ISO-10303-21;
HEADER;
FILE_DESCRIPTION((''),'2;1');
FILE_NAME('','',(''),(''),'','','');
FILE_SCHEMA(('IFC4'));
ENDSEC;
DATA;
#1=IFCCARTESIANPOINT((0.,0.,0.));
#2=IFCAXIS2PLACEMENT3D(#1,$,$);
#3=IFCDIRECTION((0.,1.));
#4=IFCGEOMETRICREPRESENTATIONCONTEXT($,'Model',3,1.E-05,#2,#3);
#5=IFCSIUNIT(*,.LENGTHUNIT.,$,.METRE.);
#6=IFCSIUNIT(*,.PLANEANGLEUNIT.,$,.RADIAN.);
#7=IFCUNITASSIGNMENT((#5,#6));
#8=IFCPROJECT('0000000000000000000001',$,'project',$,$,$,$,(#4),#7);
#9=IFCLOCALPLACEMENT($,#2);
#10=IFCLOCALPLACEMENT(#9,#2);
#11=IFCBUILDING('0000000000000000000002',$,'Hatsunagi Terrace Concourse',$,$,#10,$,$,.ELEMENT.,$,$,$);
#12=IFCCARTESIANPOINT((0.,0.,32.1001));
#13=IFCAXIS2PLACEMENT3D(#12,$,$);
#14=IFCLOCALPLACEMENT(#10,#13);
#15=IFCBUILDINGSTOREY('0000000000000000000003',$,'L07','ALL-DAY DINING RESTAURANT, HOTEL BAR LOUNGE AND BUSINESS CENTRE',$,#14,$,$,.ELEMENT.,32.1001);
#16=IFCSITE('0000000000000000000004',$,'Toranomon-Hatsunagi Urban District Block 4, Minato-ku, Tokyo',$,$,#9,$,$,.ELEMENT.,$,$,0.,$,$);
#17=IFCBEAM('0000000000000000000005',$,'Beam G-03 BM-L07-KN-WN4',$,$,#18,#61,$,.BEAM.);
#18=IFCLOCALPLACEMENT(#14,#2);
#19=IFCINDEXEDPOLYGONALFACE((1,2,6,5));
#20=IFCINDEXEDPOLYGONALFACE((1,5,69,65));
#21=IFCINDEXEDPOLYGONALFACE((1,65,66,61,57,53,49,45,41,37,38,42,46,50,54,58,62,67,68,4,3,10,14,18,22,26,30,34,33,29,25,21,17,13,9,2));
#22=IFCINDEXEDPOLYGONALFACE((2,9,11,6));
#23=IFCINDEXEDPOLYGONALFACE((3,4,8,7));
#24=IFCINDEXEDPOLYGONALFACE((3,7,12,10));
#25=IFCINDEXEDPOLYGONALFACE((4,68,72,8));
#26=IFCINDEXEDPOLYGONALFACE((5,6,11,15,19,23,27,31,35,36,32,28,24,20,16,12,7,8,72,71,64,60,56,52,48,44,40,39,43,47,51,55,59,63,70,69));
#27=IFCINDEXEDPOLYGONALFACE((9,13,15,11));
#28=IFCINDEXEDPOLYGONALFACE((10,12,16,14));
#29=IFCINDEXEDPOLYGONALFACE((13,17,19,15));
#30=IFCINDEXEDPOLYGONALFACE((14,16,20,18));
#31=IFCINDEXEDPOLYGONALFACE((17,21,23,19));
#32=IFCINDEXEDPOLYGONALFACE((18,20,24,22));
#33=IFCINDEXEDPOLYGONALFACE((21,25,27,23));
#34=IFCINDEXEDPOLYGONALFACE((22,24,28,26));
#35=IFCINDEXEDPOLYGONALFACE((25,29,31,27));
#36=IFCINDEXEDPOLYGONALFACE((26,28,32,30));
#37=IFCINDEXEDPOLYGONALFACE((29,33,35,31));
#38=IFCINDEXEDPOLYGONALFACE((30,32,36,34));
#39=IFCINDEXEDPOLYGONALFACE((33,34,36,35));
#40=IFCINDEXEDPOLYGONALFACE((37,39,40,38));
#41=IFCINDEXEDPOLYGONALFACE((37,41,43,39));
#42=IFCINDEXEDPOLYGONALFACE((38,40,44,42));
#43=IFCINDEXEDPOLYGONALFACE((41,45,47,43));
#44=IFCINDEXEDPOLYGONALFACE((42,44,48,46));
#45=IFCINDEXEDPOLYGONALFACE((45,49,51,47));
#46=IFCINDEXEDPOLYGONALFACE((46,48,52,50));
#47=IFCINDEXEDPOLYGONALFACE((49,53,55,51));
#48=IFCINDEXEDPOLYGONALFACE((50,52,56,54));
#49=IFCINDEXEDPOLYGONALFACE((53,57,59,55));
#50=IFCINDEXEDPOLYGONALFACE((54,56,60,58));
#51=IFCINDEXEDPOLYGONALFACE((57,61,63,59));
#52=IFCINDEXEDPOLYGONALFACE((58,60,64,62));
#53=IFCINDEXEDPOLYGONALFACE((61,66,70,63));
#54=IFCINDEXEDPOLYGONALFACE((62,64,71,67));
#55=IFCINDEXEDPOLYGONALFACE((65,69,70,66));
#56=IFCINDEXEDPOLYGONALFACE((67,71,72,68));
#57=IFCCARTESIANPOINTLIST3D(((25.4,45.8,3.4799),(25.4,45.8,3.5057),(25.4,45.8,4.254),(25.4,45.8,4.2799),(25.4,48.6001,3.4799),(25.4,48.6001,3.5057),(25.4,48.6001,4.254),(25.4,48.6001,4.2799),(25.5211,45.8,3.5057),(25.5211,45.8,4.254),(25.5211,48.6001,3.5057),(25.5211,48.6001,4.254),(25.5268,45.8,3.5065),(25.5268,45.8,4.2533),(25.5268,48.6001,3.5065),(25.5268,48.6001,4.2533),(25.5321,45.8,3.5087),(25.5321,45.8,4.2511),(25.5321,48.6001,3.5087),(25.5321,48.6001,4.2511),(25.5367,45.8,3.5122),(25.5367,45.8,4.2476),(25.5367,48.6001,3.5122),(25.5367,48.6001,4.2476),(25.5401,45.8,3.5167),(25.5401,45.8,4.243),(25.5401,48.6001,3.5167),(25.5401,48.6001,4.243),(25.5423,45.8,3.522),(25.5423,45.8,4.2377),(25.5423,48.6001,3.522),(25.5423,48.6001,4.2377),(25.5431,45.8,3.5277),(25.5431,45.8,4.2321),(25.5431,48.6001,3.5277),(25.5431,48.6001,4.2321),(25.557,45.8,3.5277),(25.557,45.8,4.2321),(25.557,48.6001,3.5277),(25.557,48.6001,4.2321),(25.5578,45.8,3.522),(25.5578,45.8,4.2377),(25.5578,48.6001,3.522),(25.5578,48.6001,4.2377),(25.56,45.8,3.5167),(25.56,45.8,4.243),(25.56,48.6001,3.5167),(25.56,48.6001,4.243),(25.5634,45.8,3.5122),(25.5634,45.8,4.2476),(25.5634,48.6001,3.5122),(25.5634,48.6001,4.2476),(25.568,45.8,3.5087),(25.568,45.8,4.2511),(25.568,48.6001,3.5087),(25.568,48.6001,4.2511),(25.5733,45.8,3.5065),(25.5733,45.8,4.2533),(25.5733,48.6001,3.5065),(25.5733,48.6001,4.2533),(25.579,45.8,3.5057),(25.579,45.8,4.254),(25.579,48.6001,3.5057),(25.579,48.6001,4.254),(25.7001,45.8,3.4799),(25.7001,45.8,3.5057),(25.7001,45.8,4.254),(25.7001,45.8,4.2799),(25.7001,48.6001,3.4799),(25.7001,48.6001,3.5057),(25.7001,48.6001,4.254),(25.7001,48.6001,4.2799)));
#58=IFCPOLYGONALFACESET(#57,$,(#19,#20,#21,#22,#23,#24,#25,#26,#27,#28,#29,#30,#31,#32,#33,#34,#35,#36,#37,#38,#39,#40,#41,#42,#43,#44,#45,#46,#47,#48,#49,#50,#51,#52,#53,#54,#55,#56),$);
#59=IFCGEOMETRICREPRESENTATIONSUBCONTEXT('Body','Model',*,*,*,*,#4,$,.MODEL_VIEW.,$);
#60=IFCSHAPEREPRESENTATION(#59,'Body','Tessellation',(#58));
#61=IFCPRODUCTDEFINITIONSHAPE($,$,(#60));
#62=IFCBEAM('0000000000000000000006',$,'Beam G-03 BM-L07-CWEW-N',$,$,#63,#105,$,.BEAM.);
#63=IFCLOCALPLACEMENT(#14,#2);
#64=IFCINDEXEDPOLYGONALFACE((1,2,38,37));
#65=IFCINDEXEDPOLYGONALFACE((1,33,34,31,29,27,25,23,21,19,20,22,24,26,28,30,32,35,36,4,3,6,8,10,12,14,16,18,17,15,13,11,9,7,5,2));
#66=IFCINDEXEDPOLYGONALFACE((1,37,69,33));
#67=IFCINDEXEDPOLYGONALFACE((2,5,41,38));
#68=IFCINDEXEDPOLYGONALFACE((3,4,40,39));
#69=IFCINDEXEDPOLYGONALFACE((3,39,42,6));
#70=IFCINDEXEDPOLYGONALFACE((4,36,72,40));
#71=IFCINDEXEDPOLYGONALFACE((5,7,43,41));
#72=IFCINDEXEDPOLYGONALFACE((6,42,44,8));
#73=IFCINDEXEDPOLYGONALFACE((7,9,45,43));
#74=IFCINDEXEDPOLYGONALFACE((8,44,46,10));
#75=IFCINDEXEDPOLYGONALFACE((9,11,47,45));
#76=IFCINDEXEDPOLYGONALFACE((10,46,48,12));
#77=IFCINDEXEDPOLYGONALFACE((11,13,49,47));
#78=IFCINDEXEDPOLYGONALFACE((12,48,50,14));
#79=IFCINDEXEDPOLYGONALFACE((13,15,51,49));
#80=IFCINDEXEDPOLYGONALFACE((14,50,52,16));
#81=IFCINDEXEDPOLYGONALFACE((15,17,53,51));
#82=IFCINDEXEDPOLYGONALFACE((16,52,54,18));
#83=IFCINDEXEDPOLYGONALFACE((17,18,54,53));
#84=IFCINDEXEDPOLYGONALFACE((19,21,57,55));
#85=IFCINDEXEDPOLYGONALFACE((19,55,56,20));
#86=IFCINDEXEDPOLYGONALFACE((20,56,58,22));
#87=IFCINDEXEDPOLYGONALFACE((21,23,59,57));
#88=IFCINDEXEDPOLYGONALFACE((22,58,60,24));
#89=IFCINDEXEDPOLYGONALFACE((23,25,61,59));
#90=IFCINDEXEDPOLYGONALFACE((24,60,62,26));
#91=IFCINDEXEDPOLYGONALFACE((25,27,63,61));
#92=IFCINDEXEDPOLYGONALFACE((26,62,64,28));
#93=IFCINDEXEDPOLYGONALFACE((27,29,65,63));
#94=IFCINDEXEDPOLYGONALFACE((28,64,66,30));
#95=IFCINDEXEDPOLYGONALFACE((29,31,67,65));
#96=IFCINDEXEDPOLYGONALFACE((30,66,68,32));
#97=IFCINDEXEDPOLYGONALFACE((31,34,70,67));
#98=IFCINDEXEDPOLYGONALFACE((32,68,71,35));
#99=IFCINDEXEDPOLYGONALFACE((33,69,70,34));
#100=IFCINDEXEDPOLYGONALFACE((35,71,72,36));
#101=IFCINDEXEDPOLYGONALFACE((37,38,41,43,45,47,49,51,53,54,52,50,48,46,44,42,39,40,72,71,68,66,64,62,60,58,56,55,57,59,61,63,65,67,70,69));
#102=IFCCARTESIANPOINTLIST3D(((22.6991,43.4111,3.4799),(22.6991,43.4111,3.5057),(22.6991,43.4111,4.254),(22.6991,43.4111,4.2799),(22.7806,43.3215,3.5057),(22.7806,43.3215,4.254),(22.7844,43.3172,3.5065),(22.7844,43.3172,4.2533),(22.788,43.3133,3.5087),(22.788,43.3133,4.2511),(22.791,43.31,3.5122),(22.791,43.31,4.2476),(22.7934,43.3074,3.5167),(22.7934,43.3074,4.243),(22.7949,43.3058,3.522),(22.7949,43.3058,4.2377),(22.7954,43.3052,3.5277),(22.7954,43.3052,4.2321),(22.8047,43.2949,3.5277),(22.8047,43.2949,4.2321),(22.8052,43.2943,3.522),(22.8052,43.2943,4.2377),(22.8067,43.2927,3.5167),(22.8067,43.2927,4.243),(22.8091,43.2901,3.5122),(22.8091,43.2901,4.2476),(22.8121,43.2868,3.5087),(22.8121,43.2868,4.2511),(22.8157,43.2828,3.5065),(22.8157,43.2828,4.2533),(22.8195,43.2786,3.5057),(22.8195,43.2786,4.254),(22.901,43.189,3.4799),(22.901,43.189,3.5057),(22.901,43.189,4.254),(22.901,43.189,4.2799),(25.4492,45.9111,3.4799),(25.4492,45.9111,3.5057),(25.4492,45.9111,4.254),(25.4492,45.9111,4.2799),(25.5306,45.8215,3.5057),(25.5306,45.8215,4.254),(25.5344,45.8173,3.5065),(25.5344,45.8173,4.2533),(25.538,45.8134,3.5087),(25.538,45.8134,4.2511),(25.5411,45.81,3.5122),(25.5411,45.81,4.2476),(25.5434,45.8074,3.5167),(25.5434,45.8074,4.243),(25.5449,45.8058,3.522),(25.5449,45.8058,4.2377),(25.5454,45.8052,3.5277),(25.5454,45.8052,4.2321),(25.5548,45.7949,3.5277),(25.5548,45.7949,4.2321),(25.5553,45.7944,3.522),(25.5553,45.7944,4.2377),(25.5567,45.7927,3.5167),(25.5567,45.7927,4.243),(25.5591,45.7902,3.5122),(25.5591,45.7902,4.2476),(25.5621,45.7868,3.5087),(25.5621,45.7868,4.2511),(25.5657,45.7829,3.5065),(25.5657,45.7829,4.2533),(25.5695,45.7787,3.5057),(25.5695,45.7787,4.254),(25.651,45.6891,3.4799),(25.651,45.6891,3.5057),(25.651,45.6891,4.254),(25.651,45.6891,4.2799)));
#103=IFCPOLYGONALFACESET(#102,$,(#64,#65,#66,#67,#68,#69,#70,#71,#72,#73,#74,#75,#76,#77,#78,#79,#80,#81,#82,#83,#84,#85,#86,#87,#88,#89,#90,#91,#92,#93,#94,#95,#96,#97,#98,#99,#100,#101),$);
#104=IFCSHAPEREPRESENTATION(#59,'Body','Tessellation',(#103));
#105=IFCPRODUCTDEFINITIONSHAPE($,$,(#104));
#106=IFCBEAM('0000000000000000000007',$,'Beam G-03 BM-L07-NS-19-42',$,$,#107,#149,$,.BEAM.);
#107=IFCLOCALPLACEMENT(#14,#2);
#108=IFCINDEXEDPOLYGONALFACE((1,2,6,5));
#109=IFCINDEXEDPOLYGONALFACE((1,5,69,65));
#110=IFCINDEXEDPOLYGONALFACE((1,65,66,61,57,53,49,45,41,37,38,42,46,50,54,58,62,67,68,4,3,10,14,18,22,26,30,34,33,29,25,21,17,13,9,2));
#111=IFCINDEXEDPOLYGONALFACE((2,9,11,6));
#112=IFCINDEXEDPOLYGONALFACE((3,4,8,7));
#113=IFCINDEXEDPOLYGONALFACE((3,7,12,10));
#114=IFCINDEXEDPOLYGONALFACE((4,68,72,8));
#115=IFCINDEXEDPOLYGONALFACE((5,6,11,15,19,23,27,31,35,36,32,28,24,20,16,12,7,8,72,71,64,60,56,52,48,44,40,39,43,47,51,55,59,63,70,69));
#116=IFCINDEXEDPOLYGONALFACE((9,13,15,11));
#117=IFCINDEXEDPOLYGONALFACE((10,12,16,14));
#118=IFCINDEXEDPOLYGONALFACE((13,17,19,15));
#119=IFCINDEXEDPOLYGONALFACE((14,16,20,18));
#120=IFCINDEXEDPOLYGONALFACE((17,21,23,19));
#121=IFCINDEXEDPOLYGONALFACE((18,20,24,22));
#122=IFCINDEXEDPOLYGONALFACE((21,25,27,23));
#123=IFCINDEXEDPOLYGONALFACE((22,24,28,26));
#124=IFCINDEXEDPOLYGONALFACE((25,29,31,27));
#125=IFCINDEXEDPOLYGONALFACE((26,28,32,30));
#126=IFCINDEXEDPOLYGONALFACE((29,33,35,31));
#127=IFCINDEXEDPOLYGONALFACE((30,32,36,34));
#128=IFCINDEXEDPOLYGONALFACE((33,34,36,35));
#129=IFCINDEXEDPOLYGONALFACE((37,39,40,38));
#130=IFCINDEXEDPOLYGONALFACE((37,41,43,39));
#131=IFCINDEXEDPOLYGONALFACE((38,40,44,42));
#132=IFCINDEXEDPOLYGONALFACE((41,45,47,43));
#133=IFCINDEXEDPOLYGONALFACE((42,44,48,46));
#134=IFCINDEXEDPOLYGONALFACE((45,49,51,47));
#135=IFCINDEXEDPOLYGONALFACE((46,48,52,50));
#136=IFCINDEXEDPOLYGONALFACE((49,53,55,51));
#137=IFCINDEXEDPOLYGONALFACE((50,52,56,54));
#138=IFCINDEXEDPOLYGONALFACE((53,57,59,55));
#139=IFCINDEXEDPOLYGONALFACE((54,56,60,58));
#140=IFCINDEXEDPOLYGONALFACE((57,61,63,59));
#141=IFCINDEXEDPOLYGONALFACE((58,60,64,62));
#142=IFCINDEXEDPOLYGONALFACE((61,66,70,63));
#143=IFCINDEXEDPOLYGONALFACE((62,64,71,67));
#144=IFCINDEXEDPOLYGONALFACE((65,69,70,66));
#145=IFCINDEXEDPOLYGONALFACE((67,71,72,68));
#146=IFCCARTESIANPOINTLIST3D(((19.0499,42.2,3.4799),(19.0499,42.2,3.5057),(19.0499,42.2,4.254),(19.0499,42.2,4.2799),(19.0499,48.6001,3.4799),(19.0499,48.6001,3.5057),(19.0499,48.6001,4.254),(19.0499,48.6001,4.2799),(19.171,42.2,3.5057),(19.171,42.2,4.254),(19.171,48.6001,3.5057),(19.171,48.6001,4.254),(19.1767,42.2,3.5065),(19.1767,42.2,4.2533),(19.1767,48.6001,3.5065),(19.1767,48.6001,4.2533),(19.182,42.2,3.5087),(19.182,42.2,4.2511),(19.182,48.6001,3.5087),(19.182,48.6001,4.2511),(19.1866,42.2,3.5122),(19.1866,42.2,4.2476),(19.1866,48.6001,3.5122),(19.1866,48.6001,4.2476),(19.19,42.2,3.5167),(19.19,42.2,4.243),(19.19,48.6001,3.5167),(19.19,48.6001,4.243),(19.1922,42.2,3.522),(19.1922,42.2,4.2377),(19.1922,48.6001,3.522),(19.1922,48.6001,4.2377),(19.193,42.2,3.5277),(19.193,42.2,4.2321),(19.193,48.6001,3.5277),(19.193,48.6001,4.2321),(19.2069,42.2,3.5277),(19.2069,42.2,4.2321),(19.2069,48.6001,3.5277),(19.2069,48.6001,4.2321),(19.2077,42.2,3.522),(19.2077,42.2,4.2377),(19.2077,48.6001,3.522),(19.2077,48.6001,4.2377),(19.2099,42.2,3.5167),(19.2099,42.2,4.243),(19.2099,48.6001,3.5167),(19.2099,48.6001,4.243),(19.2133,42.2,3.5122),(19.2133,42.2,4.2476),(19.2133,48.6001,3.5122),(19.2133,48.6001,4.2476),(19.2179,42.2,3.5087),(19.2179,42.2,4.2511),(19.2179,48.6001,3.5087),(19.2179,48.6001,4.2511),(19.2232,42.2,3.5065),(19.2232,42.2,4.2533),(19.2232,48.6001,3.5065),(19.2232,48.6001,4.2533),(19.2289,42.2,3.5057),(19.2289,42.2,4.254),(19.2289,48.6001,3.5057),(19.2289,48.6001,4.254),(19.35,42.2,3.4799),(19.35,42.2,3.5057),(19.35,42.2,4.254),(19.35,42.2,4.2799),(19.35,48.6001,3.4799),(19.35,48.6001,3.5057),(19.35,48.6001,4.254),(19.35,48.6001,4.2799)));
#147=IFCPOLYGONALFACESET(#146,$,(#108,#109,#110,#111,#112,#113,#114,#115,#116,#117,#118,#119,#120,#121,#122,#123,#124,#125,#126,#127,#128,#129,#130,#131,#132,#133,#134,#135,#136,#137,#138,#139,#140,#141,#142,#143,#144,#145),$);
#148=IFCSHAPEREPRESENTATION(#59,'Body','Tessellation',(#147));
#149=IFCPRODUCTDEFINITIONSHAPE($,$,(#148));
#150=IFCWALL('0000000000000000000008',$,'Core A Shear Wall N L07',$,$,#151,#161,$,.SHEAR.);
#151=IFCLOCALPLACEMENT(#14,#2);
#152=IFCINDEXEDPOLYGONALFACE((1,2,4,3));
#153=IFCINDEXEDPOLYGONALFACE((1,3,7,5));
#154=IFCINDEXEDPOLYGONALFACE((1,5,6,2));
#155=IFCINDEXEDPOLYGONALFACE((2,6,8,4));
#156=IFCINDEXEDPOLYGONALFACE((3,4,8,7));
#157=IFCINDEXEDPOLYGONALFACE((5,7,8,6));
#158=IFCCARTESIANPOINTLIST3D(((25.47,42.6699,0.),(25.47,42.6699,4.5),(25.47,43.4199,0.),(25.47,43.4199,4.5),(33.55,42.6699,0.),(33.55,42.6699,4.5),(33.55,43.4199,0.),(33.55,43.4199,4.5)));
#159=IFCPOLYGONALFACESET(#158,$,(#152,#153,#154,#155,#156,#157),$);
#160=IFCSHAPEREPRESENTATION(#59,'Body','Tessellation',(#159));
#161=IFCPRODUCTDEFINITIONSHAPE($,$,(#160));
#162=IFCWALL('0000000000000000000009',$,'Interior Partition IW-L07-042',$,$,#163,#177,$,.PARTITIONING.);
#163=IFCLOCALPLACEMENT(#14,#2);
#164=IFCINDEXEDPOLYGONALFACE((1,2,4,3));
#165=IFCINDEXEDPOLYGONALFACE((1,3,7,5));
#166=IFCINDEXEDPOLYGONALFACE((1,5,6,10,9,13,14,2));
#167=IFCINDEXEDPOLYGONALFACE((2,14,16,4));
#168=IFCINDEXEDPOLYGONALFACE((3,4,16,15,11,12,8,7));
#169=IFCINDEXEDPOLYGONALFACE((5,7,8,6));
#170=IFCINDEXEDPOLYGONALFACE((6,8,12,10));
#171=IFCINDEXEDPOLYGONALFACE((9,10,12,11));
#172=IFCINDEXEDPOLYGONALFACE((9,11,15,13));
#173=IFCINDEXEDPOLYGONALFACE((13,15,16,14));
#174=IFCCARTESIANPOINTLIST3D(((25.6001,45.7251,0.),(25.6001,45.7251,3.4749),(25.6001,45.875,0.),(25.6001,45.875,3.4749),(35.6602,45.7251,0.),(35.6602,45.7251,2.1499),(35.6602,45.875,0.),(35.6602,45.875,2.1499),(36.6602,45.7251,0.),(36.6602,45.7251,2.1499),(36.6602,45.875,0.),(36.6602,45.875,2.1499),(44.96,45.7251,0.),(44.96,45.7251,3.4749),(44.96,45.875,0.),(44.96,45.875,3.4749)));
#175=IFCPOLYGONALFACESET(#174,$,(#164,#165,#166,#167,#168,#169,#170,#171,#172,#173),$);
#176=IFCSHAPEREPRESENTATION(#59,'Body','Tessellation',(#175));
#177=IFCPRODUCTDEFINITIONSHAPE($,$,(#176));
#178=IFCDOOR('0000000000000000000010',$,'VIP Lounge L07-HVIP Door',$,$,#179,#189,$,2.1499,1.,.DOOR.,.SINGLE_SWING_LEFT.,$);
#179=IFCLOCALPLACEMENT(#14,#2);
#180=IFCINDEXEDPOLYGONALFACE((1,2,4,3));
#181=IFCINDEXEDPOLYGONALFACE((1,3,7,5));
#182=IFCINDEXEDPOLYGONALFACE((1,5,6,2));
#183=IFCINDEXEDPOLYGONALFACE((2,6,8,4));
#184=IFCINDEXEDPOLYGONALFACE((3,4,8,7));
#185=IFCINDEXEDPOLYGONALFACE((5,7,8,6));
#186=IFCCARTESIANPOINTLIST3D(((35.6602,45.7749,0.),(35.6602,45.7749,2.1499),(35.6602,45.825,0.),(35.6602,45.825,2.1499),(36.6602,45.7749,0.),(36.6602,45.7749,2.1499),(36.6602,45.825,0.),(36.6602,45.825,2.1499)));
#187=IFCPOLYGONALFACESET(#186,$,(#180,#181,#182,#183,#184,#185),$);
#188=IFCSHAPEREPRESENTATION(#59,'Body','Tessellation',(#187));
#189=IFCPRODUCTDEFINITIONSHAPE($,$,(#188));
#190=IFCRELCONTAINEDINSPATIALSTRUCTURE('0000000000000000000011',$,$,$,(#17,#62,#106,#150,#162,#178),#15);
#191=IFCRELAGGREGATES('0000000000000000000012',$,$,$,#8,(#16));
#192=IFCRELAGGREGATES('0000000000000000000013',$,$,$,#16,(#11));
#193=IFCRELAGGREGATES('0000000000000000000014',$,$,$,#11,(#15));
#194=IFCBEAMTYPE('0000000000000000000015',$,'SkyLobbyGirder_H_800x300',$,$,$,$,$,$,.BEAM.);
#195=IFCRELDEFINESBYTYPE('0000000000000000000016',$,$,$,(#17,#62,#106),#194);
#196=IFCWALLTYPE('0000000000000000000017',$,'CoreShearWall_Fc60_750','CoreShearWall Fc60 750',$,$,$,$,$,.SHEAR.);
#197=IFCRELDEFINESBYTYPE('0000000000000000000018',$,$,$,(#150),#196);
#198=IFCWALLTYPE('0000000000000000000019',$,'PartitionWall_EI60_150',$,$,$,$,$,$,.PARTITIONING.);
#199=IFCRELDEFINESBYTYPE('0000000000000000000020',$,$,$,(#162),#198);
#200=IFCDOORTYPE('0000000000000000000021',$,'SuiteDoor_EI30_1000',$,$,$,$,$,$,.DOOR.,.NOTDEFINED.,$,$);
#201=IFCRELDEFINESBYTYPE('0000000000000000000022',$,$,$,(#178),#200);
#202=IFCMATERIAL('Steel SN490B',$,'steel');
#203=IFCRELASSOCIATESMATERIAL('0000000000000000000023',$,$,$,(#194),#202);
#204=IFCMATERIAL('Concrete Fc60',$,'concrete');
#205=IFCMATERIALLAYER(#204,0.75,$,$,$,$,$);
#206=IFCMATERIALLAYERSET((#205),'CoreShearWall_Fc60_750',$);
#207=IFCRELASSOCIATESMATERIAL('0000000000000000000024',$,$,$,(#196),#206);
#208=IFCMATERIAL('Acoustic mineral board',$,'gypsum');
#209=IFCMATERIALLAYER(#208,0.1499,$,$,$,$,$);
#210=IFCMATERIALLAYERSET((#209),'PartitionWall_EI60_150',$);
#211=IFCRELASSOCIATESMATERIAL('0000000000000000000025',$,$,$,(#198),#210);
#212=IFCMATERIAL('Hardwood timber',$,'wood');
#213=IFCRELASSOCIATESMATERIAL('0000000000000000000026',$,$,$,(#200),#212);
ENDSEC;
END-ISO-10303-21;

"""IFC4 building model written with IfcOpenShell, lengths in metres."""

from ifc_helpers import new_model, si_unit, direction, frame, frame_2d, origin, origin_2d, place, context, subcontext, project, spatial, rectangle, i_section, extrude, material, layer, layer_set, material_profile, profile_set, type_object, element, fill, save


model = new_model("IFC4")

# Units and contexts
model_context = context("Model", 3, precision=1e-05, world=origin(), true_north=direction((0.0, 1.0)))
body_context = subcontext(model_context, "Body", "Model", "MODEL_VIEW")
ifc_project = project(units=[si_unit("LENGTHUNIT", "METRE"), si_unit("PLANEANGLEUNIT", "RADIAN")], contexts=[model_context])

# Site, building, storey
site_placement = place(None, origin())
site = spatial("IfcSite", under=ifc_project, at=site_placement, Name="Toranomon-Hatsunagi Urban District Block 4, Minato-ku, Tokyo", CompositionType="ELEMENT", RefElevation=0.0)
building_placement = place(site_placement, origin())
building = spatial("IfcBuilding", under=site, at=building_placement, Name="Hatsunagi Terrace Concourse", CompositionType="ELEMENT")
storey_placement = place(building_placement, frame((0.0, 0.0, 32.1001)))
storey = spatial("IfcBuildingStorey", under=building, at=storey_placement, Name="L07", Description="ALL-DAY DINING RESTAURANT, HOTEL BAR LOUNGE AND BUSINESS CENTRE", CompositionType="ELEMENT", Elevation=32.1001)

# Beams
ifc_material_1 = material(Name="Steel SN490B", Category="steel")
ifc_material_profile_1 = material_profile(ifc_material_1, i_section(OverallWidth=0.3, OverallDepth=0.8, WebThickness=0.0139, FlangeThickness=0.0259, FilletRadius=0.022, at=origin_2d()), Name="H-800x300x14x26")
ifc_profile_set_1 = profile_set([ifc_material_profile_1], Name="Steel SN490B")
beam_type_1 = type_object("IfcBeamType", Name="SkyLobbyGirder_H_800x300", PredefinedType="BEAM", material=ifc_profile_set_1)
beam_1_placement = place(storey_placement, frame((25.55, 45.8, 3.8799), z_axis=(0.0, 1.0, 0.0), x_axis=(-1.0, 0.0, 0.0)))
element("IfcBeam", 1, at=beam_1_placement, inside=storey, type_object=beam_type_1, Name="Beam G-03 BM-L07-KN-WN4", PredefinedType="BEAM", context=body_context, shape_type="SweptSolid", body=[
    extrude(i_section(OverallWidth=0.3, OverallDepth=0.8, WebThickness=0.0139, FlangeThickness=0.0259, FilletRadius=0.022, at=origin_2d()), origin(), (0.0, 0.0, 1.0), 2.8),
])
beam_2_placement = place(storey_placement, frame((22.8, 43.3, 3.8799), z_axis=(0.73994, 0.672673, 0.0), x_axis=(-0.672673, 0.73994, 0.0)))
element("IfcBeam", 2, at=beam_2_placement, inside=storey, type_object=beam_type_1, Name="Beam G-03 BM-L07-CWEW-N", PredefinedType="BEAM", context=body_context, shape_type="SweptSolid", body=[
    extrude(i_section(OverallWidth=0.3, OverallDepth=0.8, WebThickness=0.0139, FlangeThickness=0.0259, FilletRadius=0.022, at=origin_2d()), origin(), (0.0, 0.0, 1.0), 3.7166),
])
beam_3_placement = place(storey_placement, frame((19.2, 42.2, 3.8799), z_axis=(0.0, 1.0, 0.0), x_axis=(-1.0, 0.0, 0.0)))
element("IfcBeam", 3, at=beam_3_placement, inside=storey, type_object=beam_type_1, Name="Beam G-03 BM-L07-NS-19-42", PredefinedType="BEAM", context=body_context, shape_type="SweptSolid", body=[
    extrude(i_section(OverallWidth=0.3, OverallDepth=0.8, WebThickness=0.0139, FlangeThickness=0.0259, FilletRadius=0.022, at=origin_2d()), origin(), (0.0, 0.0, 1.0), 6.4001),
])

# Wall
ifc_material_2 = material(Name="Concrete Fc60", Category="concrete")
ifc_layer_1 = layer(ifc_material_2, 0.75)
ifc_layer_set_1 = layer_set([ifc_layer_1], Name="CoreShearWall_Fc60_750")
wall_type_1 = type_object("IfcWallType", Name="CoreShearWall_Fc60_750", Description="CoreShearWall Fc60 750", PredefinedType="SHEAR", material=ifc_layer_set_1)
wall_1_placement = place(storey_placement, frame((25.47, 43.0449, 0.0), z_axis=(0.0, 0.0, 1.0), x_axis=(1.0, 0.0, 0.0)))
element("IfcWall", 4, at=wall_1_placement, inside=storey, type_object=wall_type_1, Name="Core A Shear Wall N L07", PredefinedType="SHEAR", context=body_context, shape_type="SweptSolid", body=[
    extrude(rectangle(XDim=8.0801, YDim=0.75, at=frame_2d((4.04, 0.0))), origin(), (0.0, 0.0, 1.0), 4.5),
])

# Wall, opening, door
ifc_material_3 = material(Name="Acoustic mineral board", Category="gypsum")
ifc_layer_2 = layer(ifc_material_3, 0.1499)
ifc_layer_set_2 = layer_set([ifc_layer_2], Name="PartitionWall_EI60_150")
wall_type_2 = type_object("IfcWallType", Name="PartitionWall_EI60_150", PredefinedType="PARTITIONING", material=ifc_layer_set_2)
wall_2_placement = place(storey_placement, frame((25.6001, 45.8, 0.0), z_axis=(0.0, 0.0, 1.0), x_axis=(1.0, 0.0, 0.0)))
wall_2 = element("IfcWall", 5, at=wall_2_placement, inside=storey, type_object=wall_type_2, Name="Interior Partition IW-L07-042", PredefinedType="PARTITIONING", context=body_context, shape_type="SweptSolid", body=[
    extrude(rectangle(XDim=19.3599, YDim=0.1499, at=frame_2d((9.6799, 0.0))), origin(), (0.0, 0.0, 1.0), 3.4749),
])
opening_placement = place(wall_2_placement, frame((10.0601, 0.0, 0.0)))
opening = element("IfcOpeningElement", 6, at=opening_placement, cuts=wall_2, PredefinedType="OPENING", context=body_context, shape_type="SweptSolid", body=[
    extrude(rectangle(XDim=1.0, YDim=2.1499, at=frame_2d((0.5, 1.075))), frame((0.0, 0.085, 0.0), z_axis=(0.0, -1.0, 0.0), x_axis=(1.0, 0.0, 0.0)), (0.0, 0.0, 1.0), 0.1699),
])
ifc_material_4 = material(Name="Hardwood timber", Category="wood")
door_type = type_object("IfcDoorType", Name="SuiteDoor_EI30_1000", OperationType="NOTDEFINED", PredefinedType="DOOR", material=ifc_material_4)
door_placement = place(opening_placement, origin())
door = element("IfcDoor", 7, at=door_placement, inside=storey, type_object=door_type, Name="VIP Lounge L07-HVIP Door", OperationType="SINGLE_SWING_LEFT", OverallHeight=2.1499, OverallWidth=1.0, PredefinedType="DOOR", context=body_context, shape_type="SweptSolid", body=[
    extrude(rectangle(XDim=1.0, YDim=2.1499, at=frame_2d((0.5, 1.075))), frame((0.0, 0.0249, 0.0), z_axis=(0.0, -1.0, 0.0), x_axis=(1.0, 0.0, 0.0)), (0.0, 0.0, 1.0), 0.05),
])
fill(opening, door)

save(model, "model.ifc")
